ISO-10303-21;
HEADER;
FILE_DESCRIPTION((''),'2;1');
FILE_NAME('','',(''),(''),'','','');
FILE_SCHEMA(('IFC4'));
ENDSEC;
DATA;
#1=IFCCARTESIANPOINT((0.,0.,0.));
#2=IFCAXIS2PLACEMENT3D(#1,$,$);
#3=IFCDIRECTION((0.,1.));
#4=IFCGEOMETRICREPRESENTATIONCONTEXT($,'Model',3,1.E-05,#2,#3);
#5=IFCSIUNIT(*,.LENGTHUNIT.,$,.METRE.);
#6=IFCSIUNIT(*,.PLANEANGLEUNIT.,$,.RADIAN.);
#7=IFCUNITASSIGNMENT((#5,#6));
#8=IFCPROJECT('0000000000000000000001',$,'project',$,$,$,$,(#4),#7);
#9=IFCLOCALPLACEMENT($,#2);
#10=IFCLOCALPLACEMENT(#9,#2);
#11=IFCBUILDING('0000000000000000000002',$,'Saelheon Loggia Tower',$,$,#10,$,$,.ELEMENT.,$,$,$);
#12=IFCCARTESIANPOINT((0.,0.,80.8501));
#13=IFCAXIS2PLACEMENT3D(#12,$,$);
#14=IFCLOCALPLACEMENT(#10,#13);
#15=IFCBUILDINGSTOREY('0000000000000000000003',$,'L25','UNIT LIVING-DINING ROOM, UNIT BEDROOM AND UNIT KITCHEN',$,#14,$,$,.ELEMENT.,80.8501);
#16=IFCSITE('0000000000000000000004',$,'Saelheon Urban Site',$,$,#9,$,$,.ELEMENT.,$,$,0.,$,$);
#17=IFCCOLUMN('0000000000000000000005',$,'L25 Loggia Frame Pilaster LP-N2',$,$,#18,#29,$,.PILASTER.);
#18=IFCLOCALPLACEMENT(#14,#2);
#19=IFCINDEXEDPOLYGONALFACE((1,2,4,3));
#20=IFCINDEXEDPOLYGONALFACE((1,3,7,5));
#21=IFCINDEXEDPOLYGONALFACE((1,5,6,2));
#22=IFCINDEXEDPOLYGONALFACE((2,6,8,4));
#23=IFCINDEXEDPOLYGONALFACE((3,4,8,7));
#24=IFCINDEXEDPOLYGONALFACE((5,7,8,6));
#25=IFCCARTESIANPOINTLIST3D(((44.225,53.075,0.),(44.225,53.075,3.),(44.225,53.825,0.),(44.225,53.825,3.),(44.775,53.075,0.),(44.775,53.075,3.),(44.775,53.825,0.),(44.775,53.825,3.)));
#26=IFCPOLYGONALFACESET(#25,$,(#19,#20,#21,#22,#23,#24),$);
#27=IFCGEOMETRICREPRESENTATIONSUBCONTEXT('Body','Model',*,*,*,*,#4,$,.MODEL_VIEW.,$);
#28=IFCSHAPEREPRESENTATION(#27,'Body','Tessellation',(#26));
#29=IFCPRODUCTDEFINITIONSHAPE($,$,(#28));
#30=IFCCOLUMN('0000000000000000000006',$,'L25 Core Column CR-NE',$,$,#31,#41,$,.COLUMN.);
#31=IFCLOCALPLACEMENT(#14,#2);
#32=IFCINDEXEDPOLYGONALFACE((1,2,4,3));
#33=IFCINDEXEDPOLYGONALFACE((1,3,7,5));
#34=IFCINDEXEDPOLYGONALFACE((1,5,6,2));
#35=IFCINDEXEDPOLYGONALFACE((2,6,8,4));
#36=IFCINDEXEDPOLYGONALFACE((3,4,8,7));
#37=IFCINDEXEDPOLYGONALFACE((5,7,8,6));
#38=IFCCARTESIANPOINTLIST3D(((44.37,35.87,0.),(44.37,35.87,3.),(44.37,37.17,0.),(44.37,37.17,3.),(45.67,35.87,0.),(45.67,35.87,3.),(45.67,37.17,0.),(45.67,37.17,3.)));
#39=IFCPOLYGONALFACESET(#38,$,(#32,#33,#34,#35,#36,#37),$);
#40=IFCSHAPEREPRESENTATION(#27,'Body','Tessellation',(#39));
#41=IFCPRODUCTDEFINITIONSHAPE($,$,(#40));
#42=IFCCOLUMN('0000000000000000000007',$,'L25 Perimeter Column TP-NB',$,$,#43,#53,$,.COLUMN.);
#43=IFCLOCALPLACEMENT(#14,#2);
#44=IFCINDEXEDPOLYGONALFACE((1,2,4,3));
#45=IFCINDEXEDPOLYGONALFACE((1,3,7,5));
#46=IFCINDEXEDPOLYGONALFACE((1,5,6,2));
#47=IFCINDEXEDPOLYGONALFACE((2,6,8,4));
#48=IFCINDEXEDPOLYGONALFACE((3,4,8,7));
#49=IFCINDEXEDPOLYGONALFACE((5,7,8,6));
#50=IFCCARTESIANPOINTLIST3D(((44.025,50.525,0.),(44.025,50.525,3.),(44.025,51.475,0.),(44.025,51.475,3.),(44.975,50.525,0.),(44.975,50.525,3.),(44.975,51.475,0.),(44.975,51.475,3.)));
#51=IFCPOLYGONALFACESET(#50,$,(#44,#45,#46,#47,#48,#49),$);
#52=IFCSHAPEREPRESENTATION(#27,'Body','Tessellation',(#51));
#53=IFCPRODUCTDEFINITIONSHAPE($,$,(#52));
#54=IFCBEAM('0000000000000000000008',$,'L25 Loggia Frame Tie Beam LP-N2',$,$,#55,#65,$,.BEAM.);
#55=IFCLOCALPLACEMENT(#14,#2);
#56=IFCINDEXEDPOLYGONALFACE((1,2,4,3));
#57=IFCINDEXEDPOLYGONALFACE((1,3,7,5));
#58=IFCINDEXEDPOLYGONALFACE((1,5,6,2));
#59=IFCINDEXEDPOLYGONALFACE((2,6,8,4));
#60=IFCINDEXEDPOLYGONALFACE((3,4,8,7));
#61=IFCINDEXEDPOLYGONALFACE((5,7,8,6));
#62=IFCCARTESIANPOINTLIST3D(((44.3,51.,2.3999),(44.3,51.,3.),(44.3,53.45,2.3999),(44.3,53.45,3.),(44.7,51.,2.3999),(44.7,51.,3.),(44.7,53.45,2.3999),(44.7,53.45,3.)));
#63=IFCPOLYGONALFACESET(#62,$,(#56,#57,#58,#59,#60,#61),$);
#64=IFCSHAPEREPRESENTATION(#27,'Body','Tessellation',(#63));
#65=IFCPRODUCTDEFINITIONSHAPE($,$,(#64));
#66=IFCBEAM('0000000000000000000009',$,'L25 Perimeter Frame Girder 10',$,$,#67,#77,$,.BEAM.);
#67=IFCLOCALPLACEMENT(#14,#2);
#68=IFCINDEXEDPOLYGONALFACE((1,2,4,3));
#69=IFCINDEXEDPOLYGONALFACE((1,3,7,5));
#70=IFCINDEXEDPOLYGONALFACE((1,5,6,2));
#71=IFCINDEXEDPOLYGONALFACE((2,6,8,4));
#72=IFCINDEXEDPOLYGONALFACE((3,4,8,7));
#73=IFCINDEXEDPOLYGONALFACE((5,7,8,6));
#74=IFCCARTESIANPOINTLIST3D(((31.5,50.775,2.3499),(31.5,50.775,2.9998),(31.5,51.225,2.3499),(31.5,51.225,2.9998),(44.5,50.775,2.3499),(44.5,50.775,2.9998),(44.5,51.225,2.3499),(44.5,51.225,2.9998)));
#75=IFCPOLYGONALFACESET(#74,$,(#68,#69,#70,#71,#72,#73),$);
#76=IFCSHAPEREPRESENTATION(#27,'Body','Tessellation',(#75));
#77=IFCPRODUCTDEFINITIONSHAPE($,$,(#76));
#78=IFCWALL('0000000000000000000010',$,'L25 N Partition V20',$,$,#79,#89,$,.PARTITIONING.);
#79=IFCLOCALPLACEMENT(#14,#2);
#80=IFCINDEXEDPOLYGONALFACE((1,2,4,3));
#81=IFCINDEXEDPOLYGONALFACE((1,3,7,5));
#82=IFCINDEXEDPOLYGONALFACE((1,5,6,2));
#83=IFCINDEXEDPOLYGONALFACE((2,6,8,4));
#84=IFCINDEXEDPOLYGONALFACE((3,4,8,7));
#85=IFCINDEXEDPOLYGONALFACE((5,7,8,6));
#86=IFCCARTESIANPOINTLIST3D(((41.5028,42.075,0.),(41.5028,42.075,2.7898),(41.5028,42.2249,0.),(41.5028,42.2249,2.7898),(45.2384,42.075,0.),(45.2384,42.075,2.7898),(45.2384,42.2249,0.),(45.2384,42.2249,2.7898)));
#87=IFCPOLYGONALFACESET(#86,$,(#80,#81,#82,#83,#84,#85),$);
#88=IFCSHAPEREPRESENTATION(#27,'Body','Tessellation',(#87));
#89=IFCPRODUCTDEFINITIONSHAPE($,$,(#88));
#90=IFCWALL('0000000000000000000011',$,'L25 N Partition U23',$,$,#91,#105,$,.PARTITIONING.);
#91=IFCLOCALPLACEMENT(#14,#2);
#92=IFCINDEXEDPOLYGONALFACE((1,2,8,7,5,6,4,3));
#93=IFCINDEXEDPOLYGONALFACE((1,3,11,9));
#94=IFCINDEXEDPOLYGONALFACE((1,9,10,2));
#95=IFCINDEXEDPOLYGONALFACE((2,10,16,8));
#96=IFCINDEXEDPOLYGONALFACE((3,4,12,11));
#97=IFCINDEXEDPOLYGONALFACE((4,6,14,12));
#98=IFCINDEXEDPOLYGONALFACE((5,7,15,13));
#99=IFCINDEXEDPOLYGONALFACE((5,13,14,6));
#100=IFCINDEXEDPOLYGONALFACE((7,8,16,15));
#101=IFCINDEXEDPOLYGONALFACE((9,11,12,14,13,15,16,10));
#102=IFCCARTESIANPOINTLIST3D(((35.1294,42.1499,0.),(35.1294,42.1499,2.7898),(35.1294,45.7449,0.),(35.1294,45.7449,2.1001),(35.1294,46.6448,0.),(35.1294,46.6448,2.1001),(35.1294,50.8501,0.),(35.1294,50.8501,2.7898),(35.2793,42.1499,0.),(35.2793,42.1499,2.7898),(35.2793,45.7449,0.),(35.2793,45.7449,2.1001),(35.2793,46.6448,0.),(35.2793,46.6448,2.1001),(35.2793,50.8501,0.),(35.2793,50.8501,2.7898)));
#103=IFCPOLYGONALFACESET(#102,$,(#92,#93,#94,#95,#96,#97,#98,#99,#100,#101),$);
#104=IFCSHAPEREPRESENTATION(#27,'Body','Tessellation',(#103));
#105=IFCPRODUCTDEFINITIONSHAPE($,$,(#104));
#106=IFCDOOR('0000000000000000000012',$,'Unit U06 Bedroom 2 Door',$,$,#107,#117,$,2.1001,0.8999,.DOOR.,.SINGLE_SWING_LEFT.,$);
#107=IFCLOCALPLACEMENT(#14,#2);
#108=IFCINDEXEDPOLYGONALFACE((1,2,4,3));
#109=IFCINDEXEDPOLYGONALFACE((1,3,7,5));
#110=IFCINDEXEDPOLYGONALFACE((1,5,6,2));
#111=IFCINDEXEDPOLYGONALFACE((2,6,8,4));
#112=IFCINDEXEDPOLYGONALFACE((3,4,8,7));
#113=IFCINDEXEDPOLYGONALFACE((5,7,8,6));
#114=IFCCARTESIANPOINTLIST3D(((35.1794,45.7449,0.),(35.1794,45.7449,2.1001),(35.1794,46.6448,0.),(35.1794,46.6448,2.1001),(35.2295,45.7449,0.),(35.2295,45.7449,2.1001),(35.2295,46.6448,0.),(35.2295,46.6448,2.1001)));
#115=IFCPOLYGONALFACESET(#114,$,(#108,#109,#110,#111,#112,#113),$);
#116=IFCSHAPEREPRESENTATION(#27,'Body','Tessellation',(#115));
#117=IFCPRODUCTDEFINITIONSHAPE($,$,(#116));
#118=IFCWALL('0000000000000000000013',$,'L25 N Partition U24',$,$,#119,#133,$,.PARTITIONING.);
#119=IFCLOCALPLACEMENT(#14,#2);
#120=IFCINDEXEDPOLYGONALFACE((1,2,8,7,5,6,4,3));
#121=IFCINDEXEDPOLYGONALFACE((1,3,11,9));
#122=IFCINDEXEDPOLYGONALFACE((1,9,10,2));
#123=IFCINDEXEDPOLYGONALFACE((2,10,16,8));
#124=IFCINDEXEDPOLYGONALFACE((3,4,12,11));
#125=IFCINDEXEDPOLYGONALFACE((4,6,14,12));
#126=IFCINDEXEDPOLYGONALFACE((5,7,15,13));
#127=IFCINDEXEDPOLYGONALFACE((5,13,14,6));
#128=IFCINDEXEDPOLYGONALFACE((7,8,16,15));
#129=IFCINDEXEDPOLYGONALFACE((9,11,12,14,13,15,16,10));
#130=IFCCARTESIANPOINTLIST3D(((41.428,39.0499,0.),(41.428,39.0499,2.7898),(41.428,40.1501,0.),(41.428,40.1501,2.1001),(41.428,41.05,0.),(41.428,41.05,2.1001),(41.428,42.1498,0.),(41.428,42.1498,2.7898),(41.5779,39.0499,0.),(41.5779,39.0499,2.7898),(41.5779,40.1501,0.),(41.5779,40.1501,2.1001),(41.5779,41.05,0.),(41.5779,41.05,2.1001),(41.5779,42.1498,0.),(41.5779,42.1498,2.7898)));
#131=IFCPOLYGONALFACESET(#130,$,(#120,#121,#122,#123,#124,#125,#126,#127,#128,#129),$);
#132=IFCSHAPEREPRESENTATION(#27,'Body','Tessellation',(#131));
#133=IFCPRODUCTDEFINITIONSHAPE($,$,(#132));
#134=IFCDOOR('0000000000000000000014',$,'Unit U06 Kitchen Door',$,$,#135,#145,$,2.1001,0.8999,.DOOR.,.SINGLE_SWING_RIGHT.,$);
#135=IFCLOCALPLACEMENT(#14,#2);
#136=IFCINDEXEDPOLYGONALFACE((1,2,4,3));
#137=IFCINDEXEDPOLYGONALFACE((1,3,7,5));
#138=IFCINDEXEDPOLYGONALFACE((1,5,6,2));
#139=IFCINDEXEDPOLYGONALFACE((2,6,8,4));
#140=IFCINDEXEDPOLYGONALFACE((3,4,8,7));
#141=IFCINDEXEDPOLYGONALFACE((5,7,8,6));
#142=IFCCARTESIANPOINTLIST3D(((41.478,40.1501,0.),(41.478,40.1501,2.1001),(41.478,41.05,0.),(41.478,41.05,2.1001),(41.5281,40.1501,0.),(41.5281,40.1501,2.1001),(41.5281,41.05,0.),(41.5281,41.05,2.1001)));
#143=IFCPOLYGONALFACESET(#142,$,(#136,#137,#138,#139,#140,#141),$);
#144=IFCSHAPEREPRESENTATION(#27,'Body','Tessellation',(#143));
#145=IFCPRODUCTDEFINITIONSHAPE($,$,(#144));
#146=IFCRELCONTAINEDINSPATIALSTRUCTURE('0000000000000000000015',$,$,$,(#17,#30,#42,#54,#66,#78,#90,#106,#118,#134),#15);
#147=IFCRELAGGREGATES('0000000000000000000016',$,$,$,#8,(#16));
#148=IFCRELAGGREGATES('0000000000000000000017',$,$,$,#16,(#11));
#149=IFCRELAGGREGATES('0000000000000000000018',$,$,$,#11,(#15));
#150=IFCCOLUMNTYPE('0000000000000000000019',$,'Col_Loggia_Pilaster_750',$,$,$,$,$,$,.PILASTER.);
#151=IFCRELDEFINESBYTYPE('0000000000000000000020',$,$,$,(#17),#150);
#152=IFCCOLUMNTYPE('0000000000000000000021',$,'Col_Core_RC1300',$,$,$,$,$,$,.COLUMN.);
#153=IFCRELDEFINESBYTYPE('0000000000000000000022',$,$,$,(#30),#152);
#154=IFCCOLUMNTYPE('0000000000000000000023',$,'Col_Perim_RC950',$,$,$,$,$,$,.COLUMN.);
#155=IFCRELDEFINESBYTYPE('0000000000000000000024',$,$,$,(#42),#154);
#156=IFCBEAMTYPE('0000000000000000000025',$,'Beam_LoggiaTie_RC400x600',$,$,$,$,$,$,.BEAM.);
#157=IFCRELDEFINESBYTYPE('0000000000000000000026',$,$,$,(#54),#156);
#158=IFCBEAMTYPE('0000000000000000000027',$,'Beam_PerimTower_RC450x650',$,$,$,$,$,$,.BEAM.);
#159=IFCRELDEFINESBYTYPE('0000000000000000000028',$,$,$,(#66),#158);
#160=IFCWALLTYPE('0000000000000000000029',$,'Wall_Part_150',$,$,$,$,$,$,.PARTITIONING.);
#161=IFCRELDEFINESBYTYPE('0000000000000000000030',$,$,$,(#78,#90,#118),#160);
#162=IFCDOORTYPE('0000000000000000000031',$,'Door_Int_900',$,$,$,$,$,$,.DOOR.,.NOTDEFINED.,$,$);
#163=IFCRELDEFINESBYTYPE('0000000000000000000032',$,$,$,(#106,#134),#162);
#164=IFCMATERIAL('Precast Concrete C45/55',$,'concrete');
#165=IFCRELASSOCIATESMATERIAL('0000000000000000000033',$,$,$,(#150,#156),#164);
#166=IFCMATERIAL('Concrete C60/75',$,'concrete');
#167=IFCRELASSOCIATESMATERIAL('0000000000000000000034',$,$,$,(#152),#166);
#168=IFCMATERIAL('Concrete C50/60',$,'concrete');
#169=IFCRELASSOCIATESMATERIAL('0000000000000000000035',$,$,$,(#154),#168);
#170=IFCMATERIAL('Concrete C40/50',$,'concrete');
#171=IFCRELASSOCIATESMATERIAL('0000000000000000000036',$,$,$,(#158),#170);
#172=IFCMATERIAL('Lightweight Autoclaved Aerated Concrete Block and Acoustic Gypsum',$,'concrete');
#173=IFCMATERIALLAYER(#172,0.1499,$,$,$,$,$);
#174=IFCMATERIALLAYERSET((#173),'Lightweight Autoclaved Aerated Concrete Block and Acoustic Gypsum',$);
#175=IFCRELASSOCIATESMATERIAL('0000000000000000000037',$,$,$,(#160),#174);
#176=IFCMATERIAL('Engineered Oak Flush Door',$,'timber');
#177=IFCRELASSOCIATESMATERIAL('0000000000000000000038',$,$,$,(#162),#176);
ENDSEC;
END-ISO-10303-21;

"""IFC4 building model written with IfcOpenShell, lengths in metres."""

from ifc_helpers import new_model, si_unit, direction, frame, frame_2d, origin, origin_2d, place, context, subcontext, project, spatial, rectangle, extrude, source, transform, mapped, material, layer, layer_set, material_profile, profile_set, type_object, element, fill, save


model = new_model("IFC4")

# Units and contexts
model_context = context("Model", 3, precision=1e-05, world=origin(), true_north=direction((0.0, 1.0)))
body_context = subcontext(model_context, "Body", "Model", "MODEL_VIEW")
ifc_project = project(units=[si_unit("LENGTHUNIT", "METRE"), si_unit("PLANEANGLEUNIT", "RADIAN")], contexts=[model_context])

# Site, building, storey
site_placement = place(None, origin())
site = spatial("IfcSite", under=ifc_project, at=site_placement, Name="Saelheon Urban Site", CompositionType="ELEMENT", RefElevation=0.0)
building_placement = place(site_placement, origin())
building = spatial("IfcBuilding", under=site, at=building_placement, Name="Saelheon Loggia Tower", CompositionType="ELEMENT")
storey_placement = place(building_placement, frame((0.0, 0.0, 80.8501)))
storey = spatial("IfcBuildingStorey", under=building, at=storey_placement, Name="L25", Description="UNIT LIVING-DINING ROOM, UNIT BEDROOM AND UNIT KITCHEN", CompositionType="ELEMENT", Elevation=80.8501)

# Columns
ifc_material_1 = material(Name="Precast Concrete C45/55", Category="concrete")
ifc_material_profile_1 = material_profile(ifc_material_1, rectangle(XDim=0.55, YDim=0.75, at=origin_2d()), Name="RC-550x750")
ifc_profile_set_1 = profile_set([ifc_material_profile_1], Name="Precast Concrete C45/55")
column_type_1 = type_object("IfcColumnType", Name="Col_Loggia_Pilaster_750", PredefinedType="PILASTER", material=ifc_profile_set_1)
shared_shape_1 = source(origin(), body_context, "Body", "SweptSolid", [
    extrude(rectangle(XDim=0.55, YDim=0.75, at=origin_2d()), origin(), (0.0, 0.0, 1.0), 3.0),
])
column_1_placement = place(storey_placement, frame((44.5, 53.45, 0.0), z_axis=(0.0, 0.0, 1.0), x_axis=(1.0, 0.0, 0.0)))
element("IfcColumn", 1, at=column_1_placement, inside=storey, type_object=column_type_1, Name="L25 Loggia Frame Pilaster LP-N2", PredefinedType="PILASTER", context=body_context, shape_type="MappedRepresentation", body=[
    mapped(shared_shape_1, transform((0.0, 0.0, 0.0), scale=1.0)),
])
ifc_material_2 = material(Name="Concrete C60/75", Category="concrete")
ifc_material_profile_2 = material_profile(ifc_material_2, rectangle(XDim=1.3, YDim=1.3, at=origin_2d()), Name="RC-1300x1300")
ifc_profile_set_2 = profile_set([ifc_material_profile_2], Name="Concrete C60/75")
column_type_2 = type_object("IfcColumnType", Name="Col_Core_RC1300", PredefinedType="COLUMN", material=ifc_profile_set_2)
shared_shape_2 = source(origin(), body_context, "Body", "SweptSolid", [
    extrude(rectangle(XDim=1.3, YDim=1.3, at=origin_2d()), origin(), (0.0, 0.0, 1.0), 3.0),
])
column_2_placement = place(storey_placement, frame((45.02, 36.52, 0.0), z_axis=(0.0, 0.0, 1.0), x_axis=(1.0, 0.0, 0.0)))
element("IfcColumn", 2, at=column_2_placement, inside=storey, type_object=column_type_2, Name="L25 Core Column CR-NE", PredefinedType="COLUMN", context=body_context, shape_type="MappedRepresentation", body=[
    mapped(shared_shape_2, transform((0.0, 0.0, 0.0), scale=1.0)),
])
ifc_material_3 = material(Name="Concrete C50/60", Category="concrete")
ifc_material_profile_3 = material_profile(ifc_material_3, rectangle(XDim=0.95, YDim=0.95, at=origin_2d()), Name="RC-950x950")
ifc_profile_set_3 = profile_set([ifc_material_profile_3], Name="Concrete C50/60")
column_type_3 = type_object("IfcColumnType", Name="Col_Perim_RC950", PredefinedType="COLUMN", material=ifc_profile_set_3)
shared_shape_3 = source(origin(), body_context, "Body", "SweptSolid", [
    extrude(rectangle(XDim=0.95, YDim=0.95, at=origin_2d()), origin(), (0.0, 0.0, 1.0), 3.0),
])
column_3_placement = place(storey_placement, frame((44.5, 51.0, 0.0), z_axis=(0.0, 0.0, 1.0), x_axis=(1.0, 0.0, 0.0)))
element("IfcColumn", 3, at=column_3_placement, inside=storey, type_object=column_type_3, Name="L25 Perimeter Column TP-NB", PredefinedType="COLUMN", context=body_context, shape_type="MappedRepresentation", body=[
    mapped(shared_shape_3, transform((0.0, 0.0, 0.0), scale=1.0)),
])

# Beams
ifc_material_profile_4 = material_profile(ifc_material_1, rectangle(XDim=0.3999, YDim=0.6001, at=origin_2d()), Name="RC-400x600")
ifc_profile_set_4 = profile_set([ifc_material_profile_4], Name="Precast Concrete C45/55")
beam_type_1 = type_object("IfcBeamType", Name="Beam_LoggiaTie_RC400x600", PredefinedType="BEAM", material=ifc_profile_set_4)
shared_shape_4 = source(origin(), body_context, "Body", "SweptSolid", [
    extrude(rectangle(XDim=0.3999, YDim=0.6001, at=origin_2d()), origin(), (0.0, 0.0, 1.0), 2.45),
])
beam_1_placement = place(storey_placement, frame((44.5, 51.0, 2.7), z_axis=(0.0, 1.0, 0.0), x_axis=(-1.0, 0.0, 0.0)))
element("IfcBeam", 4, at=beam_1_placement, inside=storey, type_object=beam_type_1, Name="L25 Loggia Frame Tie Beam LP-N2", PredefinedType="BEAM", context=body_context, shape_type="MappedRepresentation", body=[
    mapped(shared_shape_4, transform((0.0, 0.0, 0.0), scale=1.0)),
])
ifc_material_4 = material(Name="Concrete C40/50", Category="concrete")
ifc_material_profile_5 = material_profile(ifc_material_4, rectangle(XDim=0.45, YDim=0.6499, at=origin_2d()), Name="RC-450x650")
ifc_profile_set_5 = profile_set([ifc_material_profile_5], Name="Concrete C40/50")
beam_type_2 = type_object("IfcBeamType", Name="Beam_PerimTower_RC450x650", PredefinedType="BEAM", material=ifc_profile_set_5)
shared_shape_5 = source(origin(), body_context, "Body", "SweptSolid", [
    extrude(rectangle(XDim=0.45, YDim=0.6499, at=origin_2d()), origin(), (0.0, 0.0, 1.0), 13.0),
])
beam_2_placement = place(storey_placement, frame((44.5, 51.0, 2.6748), z_axis=(-1.0, 0.0, 0.0), x_axis=(0.0, -1.0, 0.0)))
element("IfcBeam", 5, at=beam_2_placement, inside=storey, type_object=beam_type_2, Name="L25 Perimeter Frame Girder 10", PredefinedType="BEAM", context=body_context, shape_type="MappedRepresentation", body=[
    mapped(shared_shape_5, transform((0.0, 0.0, 0.0), scale=1.0)),
])

# Wall
ifc_material_5 = material(Name="Lightweight Autoclaved Aerated Concrete Block and Acoustic Gypsum", Category="concrete")
ifc_layer_1 = layer(ifc_material_5, 0.1499)
ifc_layer_set_1 = layer_set([ifc_layer_1], Name="Lightweight Autoclaved Aerated Concrete Block and Acoustic Gypsum")
wall_type_1 = type_object("IfcWallType", Name="Wall_Part_150", PredefinedType="PARTITIONING", material=ifc_layer_set_1)
wall_1_placement = place(storey_placement, frame((41.5029, 42.1499, 0.0), z_axis=(0.0, 0.0, 1.0), x_axis=(1.0, 0.0, 0.0)))
element("IfcWall", 6, at=wall_1_placement, inside=storey, type_object=wall_type_1, Name="L25 N Partition V20", PredefinedType="PARTITIONING", context=body_context, shape_type="SweptSolid", body=[
    extrude(rectangle(XDim=3.7356, YDim=0.1499, at=frame_2d((1.8677, 0.0))), origin(), (0.0, 0.0, 1.0), 2.7898),
])

# Walls, openings, doors
wall_2_placement = place(storey_placement, frame((35.2043, 42.1499, 0.0), z_axis=(0.0, 0.0, 1.0), x_axis=(0.0, 1.0, 0.0)))
wall_2 = element("IfcWall", 7, at=wall_2_placement, inside=storey, type_object=wall_type_1, Name="L25 N Partition U23", PredefinedType="PARTITIONING", context=body_context, shape_type="SweptSolid", body=[
    extrude(rectangle(XDim=8.7002, YDim=0.1499, at=frame_2d((4.3501, 0.0))), origin(), (0.0, 0.0, 1.0), 2.7898),
])
opening_1_placement = place(wall_2_placement, frame((3.595, 0.0, 0.0)))
opening_1 = element("IfcOpeningElement", 8, at=opening_1_placement, cuts=wall_2, PredefinedType="OPENING", context=body_context, shape_type="SweptSolid", body=[
    extrude(rectangle(XDim=0.8999, YDim=2.1001, at=frame_2d((0.45, 1.05))), frame((0.0, 0.0869, 0.0), z_axis=(0.0, -1.0, 0.0), x_axis=(1.0, 0.0, 0.0)), (0.0, 0.0, 1.0), 0.1738),
])
ifc_material_6 = material(Name="Engineered Oak Flush Door", Category="timber")
door_type_1 = type_object("IfcDoorType", Name="Door_Int_900", OperationType="NOTDEFINED", PredefinedType="DOOR", material=ifc_material_6)
shared_shape_6 = source(origin(), body_context, "Body", "SweptSolid", [
    extrude(rectangle(XDim=0.8999, YDim=2.1001, at=frame_2d((0.45, 1.05))), frame((0.0, 0.0249, 0.0), z_axis=(0.0, -1.0, 0.0), x_axis=(1.0, 0.0, 0.0)), (0.0, 0.0, 1.0), 0.05),
])
door_1_placement = place(opening_1_placement, origin())
door_1 = element("IfcDoor", 9, at=door_1_placement, inside=storey, type_object=door_type_1, Name="Unit U06 Bedroom 2 Door", OperationType="SINGLE_SWING_LEFT", OverallHeight=2.1001, OverallWidth=0.8999, PredefinedType="DOOR", context=body_context, shape_type="MappedRepresentation", body=[
    mapped(shared_shape_6, transform((0.0, 0.0, 0.0), scale=1.0)),
])
fill(opening_1, door_1)
wall_3_placement = place(storey_placement, frame((41.5029, 39.05, 0.0), z_axis=(0.0, 0.0, 1.0), x_axis=(0.0, 1.0, 0.0)))
wall_3 = element("IfcWall", 10, at=wall_3_placement, inside=storey, type_object=wall_type_1, Name="L25 N Partition U24", PredefinedType="PARTITIONING", context=body_context, shape_type="SweptSolid", body=[
    extrude(rectangle(XDim=3.0999, YDim=0.1499, at=frame_2d((1.5498, 0.0))), origin(), (0.0, 0.0, 1.0), 2.7898),
])
opening_2_placement = place(wall_3_placement, frame((1.1001, 0.0, 0.0)))
opening_2 = element("IfcOpeningElement", 11, at=opening_2_placement, cuts=wall_3, PredefinedType="OPENING", context=body_context, shape_type="SweptSolid", body=[
    extrude(rectangle(XDim=0.8999, YDim=2.1001, at=frame_2d((0.45, 1.05))), frame((0.0, 0.0869, 0.0), z_axis=(0.0, -1.0, 0.0), x_axis=(1.0, 0.0, 0.0)), (0.0, 0.0, 1.0), 0.1738),
])
door_2_placement = place(opening_2_placement, origin())
door_2 = element("IfcDoor", 12, at=door_2_placement, inside=storey, type_object=door_type_1, Name="Unit U06 Kitchen Door", OperationType="SINGLE_SWING_RIGHT", OverallHeight=2.1001, OverallWidth=0.8999, PredefinedType="DOOR", context=body_context, shape_type="MappedRepresentation", body=[
    mapped(shared_shape_6, transform((0.0, 0.0, 0.0), scale=1.0)),
])
fill(opening_2, door_2)

save(model, "model.ifc")
